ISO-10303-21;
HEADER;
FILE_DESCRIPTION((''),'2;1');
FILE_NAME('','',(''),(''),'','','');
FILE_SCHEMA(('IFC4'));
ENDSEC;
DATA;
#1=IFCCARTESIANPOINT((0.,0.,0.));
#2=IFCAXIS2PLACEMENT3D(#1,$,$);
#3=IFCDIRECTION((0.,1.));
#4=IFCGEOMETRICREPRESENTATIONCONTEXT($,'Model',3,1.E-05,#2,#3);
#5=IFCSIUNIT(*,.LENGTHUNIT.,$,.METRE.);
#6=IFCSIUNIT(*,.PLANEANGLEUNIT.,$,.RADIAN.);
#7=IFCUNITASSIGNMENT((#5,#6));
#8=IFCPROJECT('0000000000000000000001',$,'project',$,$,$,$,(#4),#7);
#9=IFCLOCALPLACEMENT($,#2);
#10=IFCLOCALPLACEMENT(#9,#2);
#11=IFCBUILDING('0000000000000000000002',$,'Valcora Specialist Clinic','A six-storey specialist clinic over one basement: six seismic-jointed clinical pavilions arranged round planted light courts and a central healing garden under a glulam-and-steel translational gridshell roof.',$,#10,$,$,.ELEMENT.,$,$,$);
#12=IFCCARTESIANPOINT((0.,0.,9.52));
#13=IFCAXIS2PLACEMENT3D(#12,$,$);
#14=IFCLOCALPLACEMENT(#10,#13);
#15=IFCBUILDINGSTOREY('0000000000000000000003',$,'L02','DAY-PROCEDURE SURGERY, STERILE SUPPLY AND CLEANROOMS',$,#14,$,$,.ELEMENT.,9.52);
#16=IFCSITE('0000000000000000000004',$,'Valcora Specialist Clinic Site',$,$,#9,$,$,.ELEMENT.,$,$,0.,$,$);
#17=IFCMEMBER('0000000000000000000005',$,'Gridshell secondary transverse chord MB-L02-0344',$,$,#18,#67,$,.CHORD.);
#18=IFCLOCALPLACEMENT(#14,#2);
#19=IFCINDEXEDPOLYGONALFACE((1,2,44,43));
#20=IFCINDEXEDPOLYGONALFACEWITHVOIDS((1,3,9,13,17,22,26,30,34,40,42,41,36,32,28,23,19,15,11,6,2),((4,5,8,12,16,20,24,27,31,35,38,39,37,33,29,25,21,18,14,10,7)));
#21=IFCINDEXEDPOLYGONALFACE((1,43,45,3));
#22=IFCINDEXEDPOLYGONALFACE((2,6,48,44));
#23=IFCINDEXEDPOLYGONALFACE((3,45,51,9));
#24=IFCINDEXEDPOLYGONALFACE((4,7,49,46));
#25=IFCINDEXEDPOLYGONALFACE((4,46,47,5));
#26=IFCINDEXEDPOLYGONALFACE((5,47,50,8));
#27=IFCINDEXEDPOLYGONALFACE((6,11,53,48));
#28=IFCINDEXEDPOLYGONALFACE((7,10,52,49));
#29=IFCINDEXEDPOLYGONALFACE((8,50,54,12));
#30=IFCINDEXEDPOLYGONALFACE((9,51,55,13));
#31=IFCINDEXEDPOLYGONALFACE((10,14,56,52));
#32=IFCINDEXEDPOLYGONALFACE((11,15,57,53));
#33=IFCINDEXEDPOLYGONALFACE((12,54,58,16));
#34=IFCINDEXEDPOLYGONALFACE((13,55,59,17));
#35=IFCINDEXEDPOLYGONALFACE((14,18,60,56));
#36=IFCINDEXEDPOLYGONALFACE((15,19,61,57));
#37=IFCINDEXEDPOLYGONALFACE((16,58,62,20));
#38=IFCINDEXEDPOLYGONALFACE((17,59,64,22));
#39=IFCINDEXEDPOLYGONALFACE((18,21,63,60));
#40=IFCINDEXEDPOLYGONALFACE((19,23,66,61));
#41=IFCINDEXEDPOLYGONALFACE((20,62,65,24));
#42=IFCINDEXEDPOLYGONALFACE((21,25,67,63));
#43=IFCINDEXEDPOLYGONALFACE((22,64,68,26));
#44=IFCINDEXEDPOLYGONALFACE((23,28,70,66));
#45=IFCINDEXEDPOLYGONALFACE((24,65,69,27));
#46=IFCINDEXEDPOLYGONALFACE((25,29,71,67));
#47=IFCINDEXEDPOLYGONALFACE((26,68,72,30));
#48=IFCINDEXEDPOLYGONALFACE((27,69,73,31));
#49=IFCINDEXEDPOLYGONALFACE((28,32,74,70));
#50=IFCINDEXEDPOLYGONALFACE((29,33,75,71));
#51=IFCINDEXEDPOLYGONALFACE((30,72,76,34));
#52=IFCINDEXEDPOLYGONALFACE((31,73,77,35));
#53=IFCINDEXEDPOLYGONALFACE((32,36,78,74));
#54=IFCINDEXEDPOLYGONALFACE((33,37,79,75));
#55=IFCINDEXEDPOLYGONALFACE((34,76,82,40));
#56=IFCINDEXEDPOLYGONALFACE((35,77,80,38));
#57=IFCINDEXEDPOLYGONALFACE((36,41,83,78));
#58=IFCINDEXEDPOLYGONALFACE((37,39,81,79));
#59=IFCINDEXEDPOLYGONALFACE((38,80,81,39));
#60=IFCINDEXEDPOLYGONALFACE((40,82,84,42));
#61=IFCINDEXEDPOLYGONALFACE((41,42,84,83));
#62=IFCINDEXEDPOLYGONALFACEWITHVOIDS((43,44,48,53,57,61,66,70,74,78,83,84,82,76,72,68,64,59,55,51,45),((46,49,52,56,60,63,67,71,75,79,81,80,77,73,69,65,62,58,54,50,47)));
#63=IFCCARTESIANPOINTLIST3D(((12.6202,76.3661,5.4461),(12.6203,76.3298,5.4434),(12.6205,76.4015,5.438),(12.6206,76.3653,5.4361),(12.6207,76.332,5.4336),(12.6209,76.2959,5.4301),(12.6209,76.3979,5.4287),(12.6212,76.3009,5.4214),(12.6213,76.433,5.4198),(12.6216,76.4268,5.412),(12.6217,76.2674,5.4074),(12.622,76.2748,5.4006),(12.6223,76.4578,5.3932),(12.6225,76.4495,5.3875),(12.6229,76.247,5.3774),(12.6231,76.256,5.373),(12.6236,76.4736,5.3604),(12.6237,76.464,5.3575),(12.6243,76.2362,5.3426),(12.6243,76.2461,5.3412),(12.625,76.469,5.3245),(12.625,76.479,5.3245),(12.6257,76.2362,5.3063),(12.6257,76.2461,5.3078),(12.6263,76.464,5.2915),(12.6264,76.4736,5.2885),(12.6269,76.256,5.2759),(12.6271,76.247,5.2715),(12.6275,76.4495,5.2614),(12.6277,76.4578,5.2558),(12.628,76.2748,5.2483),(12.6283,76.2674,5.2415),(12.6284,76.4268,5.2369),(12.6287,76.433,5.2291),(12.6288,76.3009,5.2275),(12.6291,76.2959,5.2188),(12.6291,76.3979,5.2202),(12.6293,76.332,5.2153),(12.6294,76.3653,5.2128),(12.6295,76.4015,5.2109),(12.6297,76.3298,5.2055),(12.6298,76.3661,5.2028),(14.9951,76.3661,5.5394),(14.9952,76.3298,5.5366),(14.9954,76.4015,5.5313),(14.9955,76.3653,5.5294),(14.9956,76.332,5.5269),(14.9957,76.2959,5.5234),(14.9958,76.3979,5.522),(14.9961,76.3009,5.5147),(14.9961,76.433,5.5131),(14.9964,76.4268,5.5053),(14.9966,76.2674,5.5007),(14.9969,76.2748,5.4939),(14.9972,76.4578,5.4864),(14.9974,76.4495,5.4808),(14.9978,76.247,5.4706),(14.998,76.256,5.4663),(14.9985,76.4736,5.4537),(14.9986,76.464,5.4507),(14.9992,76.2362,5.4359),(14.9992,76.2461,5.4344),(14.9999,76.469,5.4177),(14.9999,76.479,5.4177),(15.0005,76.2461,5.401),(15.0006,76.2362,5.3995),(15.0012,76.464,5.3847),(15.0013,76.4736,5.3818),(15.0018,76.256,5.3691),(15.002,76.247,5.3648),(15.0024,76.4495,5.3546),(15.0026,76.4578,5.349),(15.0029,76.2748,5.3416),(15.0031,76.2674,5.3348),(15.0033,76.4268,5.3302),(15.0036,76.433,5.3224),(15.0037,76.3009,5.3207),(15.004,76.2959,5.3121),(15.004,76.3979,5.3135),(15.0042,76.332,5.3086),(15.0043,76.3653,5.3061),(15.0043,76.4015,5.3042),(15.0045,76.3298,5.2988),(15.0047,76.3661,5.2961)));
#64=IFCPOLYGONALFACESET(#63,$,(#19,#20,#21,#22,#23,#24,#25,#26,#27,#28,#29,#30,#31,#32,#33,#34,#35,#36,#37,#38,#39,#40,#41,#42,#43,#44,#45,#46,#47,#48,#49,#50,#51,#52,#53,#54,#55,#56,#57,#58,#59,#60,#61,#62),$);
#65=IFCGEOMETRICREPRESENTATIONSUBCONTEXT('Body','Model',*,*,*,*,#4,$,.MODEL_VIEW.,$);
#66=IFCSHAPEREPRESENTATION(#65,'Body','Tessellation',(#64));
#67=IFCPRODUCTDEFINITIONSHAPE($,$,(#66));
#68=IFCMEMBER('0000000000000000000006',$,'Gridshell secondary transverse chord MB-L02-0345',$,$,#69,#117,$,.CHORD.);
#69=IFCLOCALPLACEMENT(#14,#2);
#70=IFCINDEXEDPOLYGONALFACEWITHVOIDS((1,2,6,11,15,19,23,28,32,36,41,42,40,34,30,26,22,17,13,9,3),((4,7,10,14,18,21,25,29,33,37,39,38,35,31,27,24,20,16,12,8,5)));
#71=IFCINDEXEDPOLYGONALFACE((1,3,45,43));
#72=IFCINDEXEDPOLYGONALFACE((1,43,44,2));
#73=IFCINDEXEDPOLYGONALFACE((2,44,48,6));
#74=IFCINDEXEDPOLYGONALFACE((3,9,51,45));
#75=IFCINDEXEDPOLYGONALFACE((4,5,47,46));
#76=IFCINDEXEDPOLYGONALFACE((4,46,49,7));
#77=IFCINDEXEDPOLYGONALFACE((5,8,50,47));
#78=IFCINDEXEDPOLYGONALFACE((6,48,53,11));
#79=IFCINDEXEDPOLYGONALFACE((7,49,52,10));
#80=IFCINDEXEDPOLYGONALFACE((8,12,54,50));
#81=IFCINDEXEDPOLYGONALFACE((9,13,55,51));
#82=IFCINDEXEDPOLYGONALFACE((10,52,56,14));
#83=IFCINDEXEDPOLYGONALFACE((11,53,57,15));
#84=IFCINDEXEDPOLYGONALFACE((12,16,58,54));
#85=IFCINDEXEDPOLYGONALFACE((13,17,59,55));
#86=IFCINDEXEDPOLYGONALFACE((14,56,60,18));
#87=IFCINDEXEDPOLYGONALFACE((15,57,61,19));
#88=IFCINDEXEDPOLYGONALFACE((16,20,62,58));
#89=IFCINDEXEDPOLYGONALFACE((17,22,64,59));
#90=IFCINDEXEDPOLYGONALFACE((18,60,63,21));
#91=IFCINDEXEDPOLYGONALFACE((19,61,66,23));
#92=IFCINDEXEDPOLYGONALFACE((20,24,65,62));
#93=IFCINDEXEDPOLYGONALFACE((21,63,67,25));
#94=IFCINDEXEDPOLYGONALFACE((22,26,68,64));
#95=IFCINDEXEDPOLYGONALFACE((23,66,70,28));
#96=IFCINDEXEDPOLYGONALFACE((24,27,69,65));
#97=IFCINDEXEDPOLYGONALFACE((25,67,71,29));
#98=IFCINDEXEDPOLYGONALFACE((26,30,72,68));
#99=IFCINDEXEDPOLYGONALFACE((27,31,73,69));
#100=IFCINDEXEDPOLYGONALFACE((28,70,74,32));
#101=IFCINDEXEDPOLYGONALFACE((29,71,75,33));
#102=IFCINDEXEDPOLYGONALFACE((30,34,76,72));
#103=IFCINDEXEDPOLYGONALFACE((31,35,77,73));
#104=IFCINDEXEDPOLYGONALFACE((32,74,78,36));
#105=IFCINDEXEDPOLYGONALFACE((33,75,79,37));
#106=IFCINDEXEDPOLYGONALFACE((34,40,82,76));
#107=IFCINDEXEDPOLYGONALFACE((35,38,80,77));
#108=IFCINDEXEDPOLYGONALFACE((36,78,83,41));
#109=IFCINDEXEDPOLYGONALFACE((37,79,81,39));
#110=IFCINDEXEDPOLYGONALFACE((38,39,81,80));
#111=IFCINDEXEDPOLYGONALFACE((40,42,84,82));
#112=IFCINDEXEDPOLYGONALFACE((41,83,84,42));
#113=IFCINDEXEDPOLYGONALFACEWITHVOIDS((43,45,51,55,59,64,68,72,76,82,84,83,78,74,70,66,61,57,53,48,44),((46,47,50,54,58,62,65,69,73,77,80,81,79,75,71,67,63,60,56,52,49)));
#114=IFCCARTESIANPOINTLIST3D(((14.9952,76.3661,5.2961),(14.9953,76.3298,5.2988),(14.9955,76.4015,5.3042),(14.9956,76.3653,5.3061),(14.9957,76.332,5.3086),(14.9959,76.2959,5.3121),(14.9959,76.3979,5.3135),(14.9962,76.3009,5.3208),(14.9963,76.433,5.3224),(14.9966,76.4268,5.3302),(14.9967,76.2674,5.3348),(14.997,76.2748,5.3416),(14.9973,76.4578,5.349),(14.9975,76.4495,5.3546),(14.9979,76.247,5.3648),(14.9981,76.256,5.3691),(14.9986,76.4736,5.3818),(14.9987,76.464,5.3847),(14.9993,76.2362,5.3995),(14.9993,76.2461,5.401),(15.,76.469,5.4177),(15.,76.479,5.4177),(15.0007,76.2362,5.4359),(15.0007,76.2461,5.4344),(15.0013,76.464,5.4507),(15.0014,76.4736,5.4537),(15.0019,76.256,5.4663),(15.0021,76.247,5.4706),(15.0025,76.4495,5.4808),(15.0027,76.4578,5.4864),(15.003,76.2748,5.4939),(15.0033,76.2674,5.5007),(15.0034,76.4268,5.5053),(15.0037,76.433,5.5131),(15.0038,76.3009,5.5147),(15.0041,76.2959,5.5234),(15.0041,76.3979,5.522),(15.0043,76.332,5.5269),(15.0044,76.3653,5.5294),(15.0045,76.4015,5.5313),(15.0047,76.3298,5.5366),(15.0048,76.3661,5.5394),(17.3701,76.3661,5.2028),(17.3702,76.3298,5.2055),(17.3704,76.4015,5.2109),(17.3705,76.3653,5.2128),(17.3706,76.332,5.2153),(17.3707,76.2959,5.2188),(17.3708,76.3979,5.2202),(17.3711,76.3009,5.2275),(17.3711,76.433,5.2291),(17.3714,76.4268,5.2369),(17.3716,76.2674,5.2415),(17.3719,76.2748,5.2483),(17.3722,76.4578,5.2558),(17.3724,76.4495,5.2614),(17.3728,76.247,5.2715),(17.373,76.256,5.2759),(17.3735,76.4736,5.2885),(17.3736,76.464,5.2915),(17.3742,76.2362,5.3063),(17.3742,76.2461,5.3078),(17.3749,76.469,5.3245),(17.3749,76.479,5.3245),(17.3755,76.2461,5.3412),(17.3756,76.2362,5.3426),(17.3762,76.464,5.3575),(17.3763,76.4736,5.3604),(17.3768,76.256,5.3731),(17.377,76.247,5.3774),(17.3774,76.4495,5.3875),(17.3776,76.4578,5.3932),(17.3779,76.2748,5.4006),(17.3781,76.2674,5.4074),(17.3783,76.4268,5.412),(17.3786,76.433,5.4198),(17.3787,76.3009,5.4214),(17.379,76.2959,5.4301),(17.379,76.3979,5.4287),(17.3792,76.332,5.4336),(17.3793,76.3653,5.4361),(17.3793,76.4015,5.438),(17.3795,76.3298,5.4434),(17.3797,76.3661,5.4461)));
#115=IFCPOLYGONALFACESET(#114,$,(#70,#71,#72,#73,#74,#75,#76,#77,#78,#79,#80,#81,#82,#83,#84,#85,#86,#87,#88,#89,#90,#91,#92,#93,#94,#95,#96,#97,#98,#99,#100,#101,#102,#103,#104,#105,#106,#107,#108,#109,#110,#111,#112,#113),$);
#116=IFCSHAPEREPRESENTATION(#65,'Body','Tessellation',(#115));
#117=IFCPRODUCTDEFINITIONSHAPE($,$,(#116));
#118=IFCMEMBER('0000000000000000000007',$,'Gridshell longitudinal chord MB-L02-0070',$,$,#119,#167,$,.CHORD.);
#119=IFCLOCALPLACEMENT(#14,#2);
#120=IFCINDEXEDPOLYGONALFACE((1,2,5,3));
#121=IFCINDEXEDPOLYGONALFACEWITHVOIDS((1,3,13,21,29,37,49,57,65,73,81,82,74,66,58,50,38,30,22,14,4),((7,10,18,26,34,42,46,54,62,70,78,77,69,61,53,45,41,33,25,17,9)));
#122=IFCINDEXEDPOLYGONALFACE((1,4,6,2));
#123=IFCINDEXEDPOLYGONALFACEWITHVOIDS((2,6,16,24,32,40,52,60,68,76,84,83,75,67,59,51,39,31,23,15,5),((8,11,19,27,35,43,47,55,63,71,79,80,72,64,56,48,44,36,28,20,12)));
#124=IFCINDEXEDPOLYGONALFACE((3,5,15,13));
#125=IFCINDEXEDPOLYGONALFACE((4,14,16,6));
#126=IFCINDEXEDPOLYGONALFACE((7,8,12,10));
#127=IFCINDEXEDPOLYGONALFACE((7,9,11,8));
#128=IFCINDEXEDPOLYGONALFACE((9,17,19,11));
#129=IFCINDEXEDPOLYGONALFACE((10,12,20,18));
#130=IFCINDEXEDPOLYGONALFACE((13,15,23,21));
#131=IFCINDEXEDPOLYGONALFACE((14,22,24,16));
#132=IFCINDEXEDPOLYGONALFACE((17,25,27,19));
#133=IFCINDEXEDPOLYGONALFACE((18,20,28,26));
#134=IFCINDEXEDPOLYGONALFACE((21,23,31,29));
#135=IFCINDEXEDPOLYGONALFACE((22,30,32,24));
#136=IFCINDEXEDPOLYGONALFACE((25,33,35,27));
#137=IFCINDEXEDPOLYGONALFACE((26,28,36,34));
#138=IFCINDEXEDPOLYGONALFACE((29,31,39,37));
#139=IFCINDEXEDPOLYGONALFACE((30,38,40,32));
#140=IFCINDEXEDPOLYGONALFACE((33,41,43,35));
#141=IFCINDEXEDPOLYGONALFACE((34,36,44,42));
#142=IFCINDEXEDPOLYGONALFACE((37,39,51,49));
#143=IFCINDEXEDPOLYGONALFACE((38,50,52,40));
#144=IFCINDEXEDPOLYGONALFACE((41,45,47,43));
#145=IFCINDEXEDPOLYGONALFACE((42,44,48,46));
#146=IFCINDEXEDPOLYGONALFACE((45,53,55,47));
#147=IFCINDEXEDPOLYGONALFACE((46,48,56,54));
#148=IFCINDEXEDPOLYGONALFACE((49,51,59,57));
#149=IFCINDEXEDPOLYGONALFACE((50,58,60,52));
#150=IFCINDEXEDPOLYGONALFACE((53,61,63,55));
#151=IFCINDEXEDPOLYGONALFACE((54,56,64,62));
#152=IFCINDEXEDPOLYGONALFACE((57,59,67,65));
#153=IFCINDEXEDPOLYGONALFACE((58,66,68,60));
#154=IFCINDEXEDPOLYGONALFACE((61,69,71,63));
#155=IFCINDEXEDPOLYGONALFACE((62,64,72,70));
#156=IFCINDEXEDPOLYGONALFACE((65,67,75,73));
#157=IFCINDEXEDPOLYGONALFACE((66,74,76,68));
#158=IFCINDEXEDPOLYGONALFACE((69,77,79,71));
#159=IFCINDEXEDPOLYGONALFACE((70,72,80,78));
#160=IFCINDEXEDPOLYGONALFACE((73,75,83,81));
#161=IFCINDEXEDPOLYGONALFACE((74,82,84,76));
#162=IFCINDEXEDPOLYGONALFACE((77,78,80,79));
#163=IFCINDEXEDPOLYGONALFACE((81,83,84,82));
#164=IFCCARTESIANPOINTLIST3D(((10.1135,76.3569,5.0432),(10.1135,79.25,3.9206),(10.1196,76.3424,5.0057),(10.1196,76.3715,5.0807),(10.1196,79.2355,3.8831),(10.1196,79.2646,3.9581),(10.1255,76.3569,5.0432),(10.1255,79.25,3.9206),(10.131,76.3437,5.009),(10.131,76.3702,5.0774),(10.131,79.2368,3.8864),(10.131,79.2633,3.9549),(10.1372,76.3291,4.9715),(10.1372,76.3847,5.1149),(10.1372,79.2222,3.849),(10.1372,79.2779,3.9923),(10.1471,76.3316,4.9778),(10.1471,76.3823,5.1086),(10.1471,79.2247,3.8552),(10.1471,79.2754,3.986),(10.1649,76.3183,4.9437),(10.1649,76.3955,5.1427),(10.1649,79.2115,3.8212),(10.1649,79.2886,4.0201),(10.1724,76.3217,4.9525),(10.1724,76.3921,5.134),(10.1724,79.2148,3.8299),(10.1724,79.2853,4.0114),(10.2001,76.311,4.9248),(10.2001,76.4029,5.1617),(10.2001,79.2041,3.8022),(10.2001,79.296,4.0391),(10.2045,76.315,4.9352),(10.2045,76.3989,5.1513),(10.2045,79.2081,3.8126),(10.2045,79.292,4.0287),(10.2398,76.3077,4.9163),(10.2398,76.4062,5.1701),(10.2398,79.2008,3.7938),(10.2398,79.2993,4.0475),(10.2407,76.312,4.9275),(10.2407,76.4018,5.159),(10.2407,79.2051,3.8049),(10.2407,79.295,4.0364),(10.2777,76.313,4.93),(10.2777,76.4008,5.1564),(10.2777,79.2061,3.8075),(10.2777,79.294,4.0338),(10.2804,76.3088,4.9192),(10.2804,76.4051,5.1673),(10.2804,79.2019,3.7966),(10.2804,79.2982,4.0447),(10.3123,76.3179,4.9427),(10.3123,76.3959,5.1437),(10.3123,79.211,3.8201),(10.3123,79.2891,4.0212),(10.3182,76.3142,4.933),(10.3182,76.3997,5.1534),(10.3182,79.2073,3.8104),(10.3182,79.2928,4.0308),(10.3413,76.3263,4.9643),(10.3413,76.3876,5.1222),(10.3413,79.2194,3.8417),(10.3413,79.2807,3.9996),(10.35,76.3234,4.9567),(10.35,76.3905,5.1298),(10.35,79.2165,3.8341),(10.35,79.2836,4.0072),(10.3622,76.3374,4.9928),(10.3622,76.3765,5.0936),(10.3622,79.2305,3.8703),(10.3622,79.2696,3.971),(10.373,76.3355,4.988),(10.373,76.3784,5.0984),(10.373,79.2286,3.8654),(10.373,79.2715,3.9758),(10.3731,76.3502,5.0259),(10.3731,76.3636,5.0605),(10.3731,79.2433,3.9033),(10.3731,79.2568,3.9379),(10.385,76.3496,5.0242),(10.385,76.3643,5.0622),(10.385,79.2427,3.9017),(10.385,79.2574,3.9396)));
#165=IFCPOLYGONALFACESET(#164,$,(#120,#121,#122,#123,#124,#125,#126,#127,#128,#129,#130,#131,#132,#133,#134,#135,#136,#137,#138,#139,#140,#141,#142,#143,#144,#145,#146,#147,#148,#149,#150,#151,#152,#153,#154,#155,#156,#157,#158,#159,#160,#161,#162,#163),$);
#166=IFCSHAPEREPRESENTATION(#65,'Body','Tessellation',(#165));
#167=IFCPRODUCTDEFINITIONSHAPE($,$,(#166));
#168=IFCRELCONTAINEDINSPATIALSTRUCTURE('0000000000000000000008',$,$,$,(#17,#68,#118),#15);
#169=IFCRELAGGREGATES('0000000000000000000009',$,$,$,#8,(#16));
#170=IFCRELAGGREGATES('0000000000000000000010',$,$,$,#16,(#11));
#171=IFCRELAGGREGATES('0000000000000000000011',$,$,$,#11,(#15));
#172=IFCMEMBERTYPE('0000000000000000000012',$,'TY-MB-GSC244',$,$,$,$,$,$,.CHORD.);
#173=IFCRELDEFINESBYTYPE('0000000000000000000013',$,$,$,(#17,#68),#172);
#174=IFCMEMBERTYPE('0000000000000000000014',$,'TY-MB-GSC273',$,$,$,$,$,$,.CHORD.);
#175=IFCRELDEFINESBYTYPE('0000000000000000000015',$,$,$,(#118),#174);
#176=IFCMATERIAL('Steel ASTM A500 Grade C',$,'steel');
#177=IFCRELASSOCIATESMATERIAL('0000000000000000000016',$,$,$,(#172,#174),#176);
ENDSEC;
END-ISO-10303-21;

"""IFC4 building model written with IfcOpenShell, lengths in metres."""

from ifc_helpers import new_model, si_unit, direction, frame, origin, origin_2d, place, context, subcontext, project, spatial, hollow_circle, extrude, material, material_profile, profile_set, type_object, element, save


model = new_model("IFC4")

# Units and contexts
model_context = context("Model", 3, precision=1e-05, world=origin(), true_north=direction((0.0, 1.0)))
body_context = subcontext(model_context, "Body", "Model", "MODEL_VIEW")
ifc_project = project(units=[si_unit("LENGTHUNIT", "METRE"), si_unit("PLANEANGLEUNIT", "RADIAN")], contexts=[model_context])

# Site, building, storey
site_placement = place(None, origin())
site = spatial("IfcSite", under=ifc_project, at=site_placement, Name="Valcora Specialist Clinic Site", CompositionType="ELEMENT", RefElevation=0.0)
building_placement = place(site_placement, origin())
building = spatial("IfcBuilding", under=site, at=building_placement, Name="Valcora Specialist Clinic", Description="A six-storey specialist clinic over one basement: six seismic-jointed clinical pavilions arranged round planted light courts and a central healing garden under a glulam-and-steel translational gridshell roof.", CompositionType="ELEMENT")
storey_placement = place(building_placement, frame((0.0, 0.0, 9.52)))
storey = spatial("IfcBuildingStorey", under=building, at=storey_placement, Name="L02", Description="DAY-PROCEDURE SURGERY, STERILE SUPPLY AND CLEANROOMS", CompositionType="ELEMENT", Elevation=9.52)

# Members
ifc_material_1 = material(Name="Steel ASTM A500 Grade C", Category="steel")
ifc_material_profile_1 = material_profile(ifc_material_1, hollow_circle(Radius=0.1221, WallThickness=0.01, at=origin_2d()), Name="ST-CHS-244X10")
ifc_profile_set_1 = profile_set([ifc_material_profile_1], Name="Steel ASTM A500 Grade C")
member_type_1 = type_object("IfcMemberType", Name="TY-MB-GSC244", PredefinedType="CHORD", material=ifc_profile_set_1)
for number, where, z_axis, x_axis, name in (
    (1, (12.625, 76.3569, 5.3245), (0.99923, 0.0, 0.039238), (0.0, 1.0, 0.0), "Gridshell secondary transverse chord MB-L02-0344"),
    (2, (15.0, 76.3569, 5.4177), (0.99923, 0.0, -0.039238), (0.0, 1.0, 0.0), "Gridshell secondary transverse chord MB-L02-0345"),
):
    element("IfcMember", number, at=place(storey_placement, frame(where, z_axis=z_axis, x_axis=x_axis)), inside=storey, type_object=member_type_1, Name=name, PredefinedType="CHORD", context=body_context, shape_type="SweptSolid", body=[
        extrude(hollow_circle(Radius=0.1221, WallThickness=0.01, at=origin_2d()), origin(), (0.0, 0.0, 1.0), 2.3767),
    ])
ifc_material_profile_2 = material_profile(ifc_material_1, hollow_circle(Radius=0.1365, WallThickness=0.012, at=origin_2d()), Name="ST-CHS-273X12")
ifc_profile_set_2 = profile_set([ifc_material_profile_2], Name="Steel ASTM A500 Grade C")
member_type_2 = type_object("IfcMemberType", Name="TY-MB-GSC273", PredefinedType="CHORD", material=ifc_profile_set_2)
member_1_placement = place(storey_placement, frame((10.25, 76.3569, 5.0432), z_axis=(0.0, 0.932279, -0.36174), x_axis=(-1.0, 0.0, 0.0)))
element("IfcMember", 3, at=member_1_placement, inside=storey, type_object=member_type_2, Name="Gridshell longitudinal chord MB-L02-0070", PredefinedType="CHORD", context=body_context, shape_type="SweptSolid", body=[
    extrude(hollow_circle(Radius=0.1365, WallThickness=0.012, at=origin_2d()), origin(), (0.0, 0.0, 1.0), 3.1033),
])

save(model, "model.ifc")
